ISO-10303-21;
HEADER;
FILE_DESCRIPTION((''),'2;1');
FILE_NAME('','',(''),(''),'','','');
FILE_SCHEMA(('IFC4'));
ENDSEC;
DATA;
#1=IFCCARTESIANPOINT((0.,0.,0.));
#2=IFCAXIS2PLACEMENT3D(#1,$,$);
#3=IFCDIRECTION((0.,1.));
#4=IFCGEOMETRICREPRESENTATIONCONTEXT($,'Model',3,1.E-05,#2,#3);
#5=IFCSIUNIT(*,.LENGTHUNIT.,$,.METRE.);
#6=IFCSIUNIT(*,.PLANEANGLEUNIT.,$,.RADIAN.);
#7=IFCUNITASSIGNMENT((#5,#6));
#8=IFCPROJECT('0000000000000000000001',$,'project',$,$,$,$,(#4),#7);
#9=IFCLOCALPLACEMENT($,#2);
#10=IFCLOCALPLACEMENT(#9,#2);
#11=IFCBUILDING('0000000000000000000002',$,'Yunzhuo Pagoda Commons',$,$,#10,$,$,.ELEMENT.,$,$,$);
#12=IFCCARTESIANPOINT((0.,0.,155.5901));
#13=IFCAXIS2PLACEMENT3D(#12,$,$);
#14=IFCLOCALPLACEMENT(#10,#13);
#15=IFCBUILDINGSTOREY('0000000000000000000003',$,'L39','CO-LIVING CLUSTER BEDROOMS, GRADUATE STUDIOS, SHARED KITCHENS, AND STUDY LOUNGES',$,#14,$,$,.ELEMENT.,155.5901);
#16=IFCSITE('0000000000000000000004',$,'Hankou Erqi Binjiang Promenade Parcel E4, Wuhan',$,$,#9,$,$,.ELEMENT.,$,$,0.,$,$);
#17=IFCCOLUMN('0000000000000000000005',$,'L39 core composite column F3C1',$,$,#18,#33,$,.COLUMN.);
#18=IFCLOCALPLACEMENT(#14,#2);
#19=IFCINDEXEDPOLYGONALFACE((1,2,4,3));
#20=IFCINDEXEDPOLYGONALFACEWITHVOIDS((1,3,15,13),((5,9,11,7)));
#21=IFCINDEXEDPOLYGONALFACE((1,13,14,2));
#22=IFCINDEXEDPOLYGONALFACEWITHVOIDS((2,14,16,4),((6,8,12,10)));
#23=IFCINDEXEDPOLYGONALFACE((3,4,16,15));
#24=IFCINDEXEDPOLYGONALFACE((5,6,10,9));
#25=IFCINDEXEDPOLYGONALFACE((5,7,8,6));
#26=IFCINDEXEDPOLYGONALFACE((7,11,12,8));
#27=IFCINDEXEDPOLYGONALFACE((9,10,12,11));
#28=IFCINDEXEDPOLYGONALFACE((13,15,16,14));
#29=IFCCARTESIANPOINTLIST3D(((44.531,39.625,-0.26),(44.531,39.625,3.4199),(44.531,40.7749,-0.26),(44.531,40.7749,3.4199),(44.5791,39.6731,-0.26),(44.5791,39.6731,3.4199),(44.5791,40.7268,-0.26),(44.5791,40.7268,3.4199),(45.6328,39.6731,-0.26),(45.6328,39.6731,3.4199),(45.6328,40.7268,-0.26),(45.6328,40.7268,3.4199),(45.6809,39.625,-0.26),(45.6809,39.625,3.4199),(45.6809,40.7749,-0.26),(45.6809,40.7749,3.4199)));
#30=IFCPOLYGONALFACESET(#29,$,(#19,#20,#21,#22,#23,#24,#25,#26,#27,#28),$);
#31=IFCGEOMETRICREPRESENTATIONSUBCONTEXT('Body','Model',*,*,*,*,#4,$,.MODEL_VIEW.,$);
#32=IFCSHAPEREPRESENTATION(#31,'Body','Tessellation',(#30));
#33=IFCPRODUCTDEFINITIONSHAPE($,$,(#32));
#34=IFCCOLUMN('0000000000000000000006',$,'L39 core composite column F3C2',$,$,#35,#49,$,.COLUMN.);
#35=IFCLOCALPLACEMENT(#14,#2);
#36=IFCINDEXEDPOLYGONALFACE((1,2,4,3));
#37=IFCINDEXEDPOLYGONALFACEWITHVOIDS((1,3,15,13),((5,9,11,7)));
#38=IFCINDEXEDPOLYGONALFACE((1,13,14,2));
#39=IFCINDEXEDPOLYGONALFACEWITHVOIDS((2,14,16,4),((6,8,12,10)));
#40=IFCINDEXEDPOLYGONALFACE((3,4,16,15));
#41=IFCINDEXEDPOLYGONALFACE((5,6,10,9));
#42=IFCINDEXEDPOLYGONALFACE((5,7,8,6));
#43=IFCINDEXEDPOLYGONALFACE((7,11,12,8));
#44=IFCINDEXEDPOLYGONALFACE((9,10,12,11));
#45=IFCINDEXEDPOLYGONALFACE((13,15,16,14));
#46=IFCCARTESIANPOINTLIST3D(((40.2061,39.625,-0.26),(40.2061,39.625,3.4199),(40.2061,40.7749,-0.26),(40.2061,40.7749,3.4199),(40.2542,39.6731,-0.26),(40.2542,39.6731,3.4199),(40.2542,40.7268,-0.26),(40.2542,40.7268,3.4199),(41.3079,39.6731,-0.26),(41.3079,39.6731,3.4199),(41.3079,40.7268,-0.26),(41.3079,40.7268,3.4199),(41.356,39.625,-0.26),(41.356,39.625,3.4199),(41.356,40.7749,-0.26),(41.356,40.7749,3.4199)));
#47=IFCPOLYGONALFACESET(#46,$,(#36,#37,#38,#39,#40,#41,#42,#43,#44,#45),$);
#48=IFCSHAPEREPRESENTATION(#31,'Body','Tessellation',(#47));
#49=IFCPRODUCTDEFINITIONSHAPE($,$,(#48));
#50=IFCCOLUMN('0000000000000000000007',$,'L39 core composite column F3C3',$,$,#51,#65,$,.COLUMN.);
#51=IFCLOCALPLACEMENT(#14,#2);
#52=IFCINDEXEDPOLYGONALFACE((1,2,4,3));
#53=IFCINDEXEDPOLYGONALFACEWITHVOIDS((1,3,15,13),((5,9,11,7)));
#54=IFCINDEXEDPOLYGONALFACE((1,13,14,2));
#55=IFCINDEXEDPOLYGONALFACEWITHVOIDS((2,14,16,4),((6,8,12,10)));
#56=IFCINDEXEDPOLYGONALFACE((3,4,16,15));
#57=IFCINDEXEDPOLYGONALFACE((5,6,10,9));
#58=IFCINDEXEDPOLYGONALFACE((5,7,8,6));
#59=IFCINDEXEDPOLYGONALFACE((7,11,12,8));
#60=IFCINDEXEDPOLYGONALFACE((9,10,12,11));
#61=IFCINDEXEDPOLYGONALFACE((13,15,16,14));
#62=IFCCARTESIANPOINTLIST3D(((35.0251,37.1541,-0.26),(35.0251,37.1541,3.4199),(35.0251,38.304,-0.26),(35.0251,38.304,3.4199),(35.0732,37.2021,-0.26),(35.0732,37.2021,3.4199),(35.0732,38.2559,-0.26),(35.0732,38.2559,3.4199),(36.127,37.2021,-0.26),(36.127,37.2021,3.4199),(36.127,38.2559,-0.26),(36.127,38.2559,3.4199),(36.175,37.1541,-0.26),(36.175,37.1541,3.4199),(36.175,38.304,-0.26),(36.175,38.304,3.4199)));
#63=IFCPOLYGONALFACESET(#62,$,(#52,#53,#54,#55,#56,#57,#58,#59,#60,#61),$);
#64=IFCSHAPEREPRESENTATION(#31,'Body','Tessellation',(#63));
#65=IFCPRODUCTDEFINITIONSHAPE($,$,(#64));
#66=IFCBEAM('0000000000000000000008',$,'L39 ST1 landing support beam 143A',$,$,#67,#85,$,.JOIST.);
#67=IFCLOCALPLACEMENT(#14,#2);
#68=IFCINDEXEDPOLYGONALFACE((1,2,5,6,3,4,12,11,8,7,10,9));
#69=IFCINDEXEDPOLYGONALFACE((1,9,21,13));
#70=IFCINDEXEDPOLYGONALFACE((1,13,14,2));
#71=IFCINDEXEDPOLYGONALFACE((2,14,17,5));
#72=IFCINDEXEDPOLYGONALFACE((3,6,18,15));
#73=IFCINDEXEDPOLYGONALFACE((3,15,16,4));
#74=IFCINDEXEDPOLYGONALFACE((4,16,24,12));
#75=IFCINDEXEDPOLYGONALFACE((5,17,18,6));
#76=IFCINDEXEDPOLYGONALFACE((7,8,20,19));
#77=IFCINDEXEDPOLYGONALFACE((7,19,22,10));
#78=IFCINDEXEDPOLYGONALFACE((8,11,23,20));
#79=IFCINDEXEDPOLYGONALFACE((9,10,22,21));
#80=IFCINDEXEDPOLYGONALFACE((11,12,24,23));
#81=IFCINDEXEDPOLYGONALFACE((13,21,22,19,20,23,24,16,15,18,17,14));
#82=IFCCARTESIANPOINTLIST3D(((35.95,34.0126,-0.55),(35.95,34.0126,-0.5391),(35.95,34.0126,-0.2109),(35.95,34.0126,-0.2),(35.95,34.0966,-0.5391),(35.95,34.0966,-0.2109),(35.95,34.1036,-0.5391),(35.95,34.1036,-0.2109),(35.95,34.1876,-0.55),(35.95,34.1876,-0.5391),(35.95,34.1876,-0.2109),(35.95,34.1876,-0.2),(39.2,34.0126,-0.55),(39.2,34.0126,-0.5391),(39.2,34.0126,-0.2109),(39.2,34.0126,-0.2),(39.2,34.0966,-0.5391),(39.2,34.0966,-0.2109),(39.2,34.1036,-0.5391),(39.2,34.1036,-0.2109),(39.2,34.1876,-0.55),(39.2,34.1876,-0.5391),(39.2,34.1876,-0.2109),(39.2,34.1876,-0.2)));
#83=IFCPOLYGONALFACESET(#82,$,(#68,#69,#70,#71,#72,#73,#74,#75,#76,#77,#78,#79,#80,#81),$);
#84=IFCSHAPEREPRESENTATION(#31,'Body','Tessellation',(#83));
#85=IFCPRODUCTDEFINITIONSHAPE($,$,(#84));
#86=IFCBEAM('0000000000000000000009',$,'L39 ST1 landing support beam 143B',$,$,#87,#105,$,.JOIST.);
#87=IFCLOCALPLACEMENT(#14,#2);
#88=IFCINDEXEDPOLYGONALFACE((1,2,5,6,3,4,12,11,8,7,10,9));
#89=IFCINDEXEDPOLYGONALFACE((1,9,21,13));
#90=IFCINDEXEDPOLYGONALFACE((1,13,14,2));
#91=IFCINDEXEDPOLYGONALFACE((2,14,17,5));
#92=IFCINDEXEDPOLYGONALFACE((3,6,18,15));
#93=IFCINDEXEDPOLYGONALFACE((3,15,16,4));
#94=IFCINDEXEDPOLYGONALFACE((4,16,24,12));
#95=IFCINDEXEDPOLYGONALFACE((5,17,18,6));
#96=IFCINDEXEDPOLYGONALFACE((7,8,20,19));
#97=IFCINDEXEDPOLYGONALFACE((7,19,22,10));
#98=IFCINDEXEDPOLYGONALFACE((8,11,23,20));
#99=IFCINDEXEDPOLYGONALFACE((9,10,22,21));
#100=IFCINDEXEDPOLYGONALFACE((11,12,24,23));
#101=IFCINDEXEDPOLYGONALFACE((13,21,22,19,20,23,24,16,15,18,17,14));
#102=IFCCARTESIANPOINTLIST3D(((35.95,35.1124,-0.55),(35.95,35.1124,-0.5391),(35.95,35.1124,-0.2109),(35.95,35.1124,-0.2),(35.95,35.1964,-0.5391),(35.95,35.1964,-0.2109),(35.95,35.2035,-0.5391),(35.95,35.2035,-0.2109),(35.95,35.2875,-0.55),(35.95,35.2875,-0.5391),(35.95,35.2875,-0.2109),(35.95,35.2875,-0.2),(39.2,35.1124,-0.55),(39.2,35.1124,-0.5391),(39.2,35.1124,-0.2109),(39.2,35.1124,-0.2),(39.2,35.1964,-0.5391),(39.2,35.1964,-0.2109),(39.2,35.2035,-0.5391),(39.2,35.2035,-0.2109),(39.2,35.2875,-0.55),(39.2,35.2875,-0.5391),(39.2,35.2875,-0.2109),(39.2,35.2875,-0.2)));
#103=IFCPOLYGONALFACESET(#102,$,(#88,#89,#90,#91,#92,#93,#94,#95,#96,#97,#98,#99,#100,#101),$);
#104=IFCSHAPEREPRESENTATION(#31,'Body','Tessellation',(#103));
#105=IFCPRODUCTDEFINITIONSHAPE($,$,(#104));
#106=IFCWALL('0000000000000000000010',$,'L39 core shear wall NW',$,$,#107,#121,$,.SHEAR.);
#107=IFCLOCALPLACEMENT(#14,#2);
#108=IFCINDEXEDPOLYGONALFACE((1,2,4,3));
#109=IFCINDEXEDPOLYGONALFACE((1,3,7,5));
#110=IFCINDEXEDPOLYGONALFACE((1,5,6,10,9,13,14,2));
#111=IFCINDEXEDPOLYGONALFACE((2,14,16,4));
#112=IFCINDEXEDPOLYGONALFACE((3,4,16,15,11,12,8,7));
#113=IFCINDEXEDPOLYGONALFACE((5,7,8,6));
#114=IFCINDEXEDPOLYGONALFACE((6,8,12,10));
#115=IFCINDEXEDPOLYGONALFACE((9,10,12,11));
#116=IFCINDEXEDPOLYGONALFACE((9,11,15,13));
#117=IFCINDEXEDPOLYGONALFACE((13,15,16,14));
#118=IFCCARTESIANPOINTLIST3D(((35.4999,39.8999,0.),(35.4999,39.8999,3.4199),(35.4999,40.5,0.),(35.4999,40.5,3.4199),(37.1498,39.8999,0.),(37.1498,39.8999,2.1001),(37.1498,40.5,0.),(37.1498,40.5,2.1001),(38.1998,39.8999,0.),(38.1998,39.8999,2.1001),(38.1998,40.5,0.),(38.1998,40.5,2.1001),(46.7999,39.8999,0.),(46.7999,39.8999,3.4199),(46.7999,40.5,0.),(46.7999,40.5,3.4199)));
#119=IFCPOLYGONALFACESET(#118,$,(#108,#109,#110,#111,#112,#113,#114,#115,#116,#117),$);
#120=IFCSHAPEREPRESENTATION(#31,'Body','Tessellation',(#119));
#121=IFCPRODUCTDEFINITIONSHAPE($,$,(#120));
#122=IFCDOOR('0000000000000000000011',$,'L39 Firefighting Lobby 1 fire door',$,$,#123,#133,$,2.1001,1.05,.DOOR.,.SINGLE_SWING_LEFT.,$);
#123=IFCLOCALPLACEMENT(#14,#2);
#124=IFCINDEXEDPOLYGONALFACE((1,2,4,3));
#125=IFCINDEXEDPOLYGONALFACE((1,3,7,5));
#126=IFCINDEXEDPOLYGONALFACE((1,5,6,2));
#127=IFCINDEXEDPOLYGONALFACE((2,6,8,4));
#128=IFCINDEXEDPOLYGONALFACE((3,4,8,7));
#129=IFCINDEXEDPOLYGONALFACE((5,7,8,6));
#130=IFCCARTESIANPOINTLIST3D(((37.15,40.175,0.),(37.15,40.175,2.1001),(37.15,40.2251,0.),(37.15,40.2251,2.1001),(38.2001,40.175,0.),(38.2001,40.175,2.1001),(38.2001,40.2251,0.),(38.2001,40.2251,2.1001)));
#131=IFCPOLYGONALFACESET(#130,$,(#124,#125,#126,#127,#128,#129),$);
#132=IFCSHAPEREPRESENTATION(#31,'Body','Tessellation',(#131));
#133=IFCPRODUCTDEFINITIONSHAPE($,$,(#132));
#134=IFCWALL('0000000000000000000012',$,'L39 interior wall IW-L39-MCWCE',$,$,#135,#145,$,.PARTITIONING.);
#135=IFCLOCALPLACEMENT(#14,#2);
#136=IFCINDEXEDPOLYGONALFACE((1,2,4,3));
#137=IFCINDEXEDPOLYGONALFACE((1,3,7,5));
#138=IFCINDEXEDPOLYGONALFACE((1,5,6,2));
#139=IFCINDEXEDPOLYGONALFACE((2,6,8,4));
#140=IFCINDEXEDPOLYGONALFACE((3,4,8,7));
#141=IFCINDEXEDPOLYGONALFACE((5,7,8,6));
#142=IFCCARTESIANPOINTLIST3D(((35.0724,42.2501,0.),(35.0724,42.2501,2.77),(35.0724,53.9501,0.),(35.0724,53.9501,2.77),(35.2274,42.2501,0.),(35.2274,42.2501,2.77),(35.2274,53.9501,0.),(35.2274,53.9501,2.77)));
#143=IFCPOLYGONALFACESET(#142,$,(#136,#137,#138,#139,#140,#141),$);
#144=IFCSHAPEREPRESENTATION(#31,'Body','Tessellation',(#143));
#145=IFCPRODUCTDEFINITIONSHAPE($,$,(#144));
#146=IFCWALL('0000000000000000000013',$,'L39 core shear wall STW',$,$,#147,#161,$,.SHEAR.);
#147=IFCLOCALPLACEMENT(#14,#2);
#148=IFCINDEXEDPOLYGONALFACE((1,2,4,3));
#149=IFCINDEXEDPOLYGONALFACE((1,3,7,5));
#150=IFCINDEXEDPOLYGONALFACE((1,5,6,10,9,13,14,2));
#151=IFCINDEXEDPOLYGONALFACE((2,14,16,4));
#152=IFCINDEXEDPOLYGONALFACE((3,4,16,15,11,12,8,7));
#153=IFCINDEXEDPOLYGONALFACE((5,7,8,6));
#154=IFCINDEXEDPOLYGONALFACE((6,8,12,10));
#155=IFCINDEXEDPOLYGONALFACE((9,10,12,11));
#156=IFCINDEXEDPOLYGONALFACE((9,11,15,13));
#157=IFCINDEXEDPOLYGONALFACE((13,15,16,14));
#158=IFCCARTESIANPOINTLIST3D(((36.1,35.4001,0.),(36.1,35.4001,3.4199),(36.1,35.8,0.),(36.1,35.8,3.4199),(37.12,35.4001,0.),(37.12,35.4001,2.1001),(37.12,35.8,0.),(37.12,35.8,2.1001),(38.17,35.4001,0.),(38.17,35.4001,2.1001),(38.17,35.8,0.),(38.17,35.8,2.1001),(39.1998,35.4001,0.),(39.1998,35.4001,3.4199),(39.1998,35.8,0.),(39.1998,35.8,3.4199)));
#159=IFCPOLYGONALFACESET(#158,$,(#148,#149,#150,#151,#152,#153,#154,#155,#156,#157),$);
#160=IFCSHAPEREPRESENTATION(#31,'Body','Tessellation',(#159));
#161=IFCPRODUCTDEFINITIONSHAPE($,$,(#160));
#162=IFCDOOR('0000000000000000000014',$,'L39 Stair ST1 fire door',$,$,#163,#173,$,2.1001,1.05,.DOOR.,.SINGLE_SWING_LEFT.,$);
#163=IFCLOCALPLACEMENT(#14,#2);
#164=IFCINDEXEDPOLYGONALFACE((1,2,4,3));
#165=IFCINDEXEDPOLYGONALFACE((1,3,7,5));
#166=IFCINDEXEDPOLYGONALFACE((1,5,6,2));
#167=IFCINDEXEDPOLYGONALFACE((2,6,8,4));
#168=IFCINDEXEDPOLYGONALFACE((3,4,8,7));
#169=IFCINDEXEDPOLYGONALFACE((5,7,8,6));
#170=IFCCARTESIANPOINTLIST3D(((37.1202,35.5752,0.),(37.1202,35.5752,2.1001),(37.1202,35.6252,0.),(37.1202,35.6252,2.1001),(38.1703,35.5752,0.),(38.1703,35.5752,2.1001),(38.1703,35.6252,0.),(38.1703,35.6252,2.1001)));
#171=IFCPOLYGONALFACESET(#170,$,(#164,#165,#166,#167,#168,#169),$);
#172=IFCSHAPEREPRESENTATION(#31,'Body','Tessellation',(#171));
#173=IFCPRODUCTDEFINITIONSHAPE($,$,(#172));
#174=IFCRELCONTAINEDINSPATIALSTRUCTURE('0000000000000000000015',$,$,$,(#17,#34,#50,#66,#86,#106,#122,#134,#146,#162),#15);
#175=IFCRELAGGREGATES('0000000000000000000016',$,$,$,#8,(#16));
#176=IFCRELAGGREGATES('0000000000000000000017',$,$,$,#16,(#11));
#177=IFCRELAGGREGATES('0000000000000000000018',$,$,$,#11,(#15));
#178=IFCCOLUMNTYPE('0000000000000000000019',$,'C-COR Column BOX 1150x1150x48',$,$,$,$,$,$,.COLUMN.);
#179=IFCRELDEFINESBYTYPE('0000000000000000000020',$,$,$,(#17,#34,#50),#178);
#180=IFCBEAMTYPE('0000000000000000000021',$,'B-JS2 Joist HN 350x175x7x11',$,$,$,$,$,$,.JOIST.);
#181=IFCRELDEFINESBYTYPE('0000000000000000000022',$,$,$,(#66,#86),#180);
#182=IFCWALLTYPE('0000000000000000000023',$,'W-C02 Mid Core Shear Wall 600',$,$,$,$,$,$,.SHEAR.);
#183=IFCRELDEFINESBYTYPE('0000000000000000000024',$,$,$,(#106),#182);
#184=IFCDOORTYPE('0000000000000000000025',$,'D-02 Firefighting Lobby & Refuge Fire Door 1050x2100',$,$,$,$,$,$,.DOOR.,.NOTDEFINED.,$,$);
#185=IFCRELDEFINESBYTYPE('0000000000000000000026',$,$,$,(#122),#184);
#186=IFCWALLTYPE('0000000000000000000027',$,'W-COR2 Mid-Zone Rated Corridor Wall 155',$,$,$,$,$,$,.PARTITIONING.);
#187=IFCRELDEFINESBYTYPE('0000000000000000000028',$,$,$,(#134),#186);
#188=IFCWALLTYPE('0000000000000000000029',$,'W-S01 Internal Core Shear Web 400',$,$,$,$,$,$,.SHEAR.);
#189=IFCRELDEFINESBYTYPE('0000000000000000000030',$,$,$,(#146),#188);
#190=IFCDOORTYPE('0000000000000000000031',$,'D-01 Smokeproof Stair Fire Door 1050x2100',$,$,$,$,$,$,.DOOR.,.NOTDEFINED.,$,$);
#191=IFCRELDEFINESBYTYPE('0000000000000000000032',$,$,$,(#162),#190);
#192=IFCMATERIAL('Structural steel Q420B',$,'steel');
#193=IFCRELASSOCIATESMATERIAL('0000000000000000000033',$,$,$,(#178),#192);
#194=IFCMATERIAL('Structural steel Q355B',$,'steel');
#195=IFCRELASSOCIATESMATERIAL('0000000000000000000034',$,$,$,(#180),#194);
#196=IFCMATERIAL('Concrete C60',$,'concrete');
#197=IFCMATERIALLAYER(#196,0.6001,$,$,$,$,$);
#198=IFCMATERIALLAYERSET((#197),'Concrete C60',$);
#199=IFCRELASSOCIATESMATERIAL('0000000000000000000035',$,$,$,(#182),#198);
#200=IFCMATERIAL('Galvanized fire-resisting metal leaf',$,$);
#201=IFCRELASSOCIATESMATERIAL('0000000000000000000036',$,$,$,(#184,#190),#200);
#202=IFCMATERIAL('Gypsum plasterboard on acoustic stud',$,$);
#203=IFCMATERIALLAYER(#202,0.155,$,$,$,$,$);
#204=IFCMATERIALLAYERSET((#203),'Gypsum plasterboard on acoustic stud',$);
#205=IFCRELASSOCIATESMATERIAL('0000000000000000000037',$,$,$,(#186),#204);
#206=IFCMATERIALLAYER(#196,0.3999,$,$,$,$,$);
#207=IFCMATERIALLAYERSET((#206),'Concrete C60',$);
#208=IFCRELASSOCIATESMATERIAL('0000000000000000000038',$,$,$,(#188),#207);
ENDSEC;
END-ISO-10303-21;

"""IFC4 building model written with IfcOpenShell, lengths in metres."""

from ifc_helpers import new_model, si_unit, direction, frame, frame_2d, origin, origin_2d, place, context, subcontext, project, spatial, rectangle, hollow_rectangle, i_section, extrude, source, transform, mapped, material, layer, layer_set, material_profile, profile_set, type_object, element, fill, save


model = new_model("IFC4")

# Units and contexts
model_context = context("Model", 3, precision=1e-05, world=origin(), true_north=direction((0.0, 1.0)))
body_context = subcontext(model_context, "Body", "Model", "MODEL_VIEW")
ifc_project = project(units=[si_unit("LENGTHUNIT", "METRE"), si_unit("PLANEANGLEUNIT", "RADIAN")], contexts=[model_context])

# Site, building, storey
site_placement = place(None, origin())
site = spatial("IfcSite", under=ifc_project, at=site_placement, Name="Hankou Erqi Binjiang Promenade Parcel E4, Wuhan", CompositionType="ELEMENT", RefElevation=0.0)
building_placement = place(site_placement, origin())
building = spatial("IfcBuilding", under=site, at=building_placement, Name="Yunzhuo Pagoda Commons", CompositionType="ELEMENT")
storey_placement = place(building_placement, frame((0.0, 0.0, 155.5901)))
storey = spatial("IfcBuildingStorey", under=building, at=storey_placement, Name="L39", Description="CO-LIVING CLUSTER BEDROOMS, GRADUATE STUDIOS, SHARED KITCHENS, AND STUDY LOUNGES", CompositionType="ELEMENT", Elevation=155.5901)

# Columns
ifc_material_1 = material(Name="Structural steel Q420B", Category="steel")
ifc_material_profile_1 = material_profile(ifc_material_1, hollow_rectangle(XDim=1.1499, YDim=1.1499, WallThickness=0.0481, at=origin_2d()), Name="Structural steel Q420B")
ifc_profile_set_1 = profile_set([ifc_material_profile_1], Name="Structural steel Q420B")
column_type = type_object("IfcColumnType", Name="C-COR Column BOX 1150x1150x48", PredefinedType="COLUMN", material=ifc_profile_set_1)
shared_shape_1 = source(origin(), body_context, "Body", "SweptSolid", [
    extrude(hollow_rectangle(XDim=1.1499, YDim=1.1499, WallThickness=0.0481, at=origin_2d()), origin(), (0.0, 0.0, 1.0), 3.6799),
])
for number, where, z_axis, x_axis, name in (
    (1, (45.106, 40.2, -0.26), (0.0, 0.0, 1.0), (1.0, 0.0, 0.0), "L39 core composite column F3C1"),
    (2, (40.781, 40.2, -0.26), (0.0, 0.0, 1.0), (1.0, 0.0, 0.0), "L39 core composite column F3C2"),
    (3, (35.6001, 37.729, -0.26), (0.0, 0.0, 1.0), (1.0, 0.0, 0.0), "L39 core composite column F3C3"),
):
    element("IfcColumn", number, at=place(storey_placement, frame(where, z_axis=z_axis, x_axis=x_axis)), inside=storey, type_object=column_type, Name=name, PredefinedType="COLUMN", context=body_context, shape_type="MappedRepresentation", body=[
        mapped(shared_shape_1, transform((0.0, 0.0, 0.0), scale=1.0)),
    ])

# Beams
ifc_material_2 = material(Name="Structural steel Q355B", Category="steel")
ifc_material_profile_2 = material_profile(ifc_material_2, i_section(OverallWidth=0.175, OverallDepth=0.3501, WebThickness=0.0071, FlangeThickness=0.011, at=origin_2d()), Name="Structural steel Q355B")
ifc_profile_set_2 = profile_set([ifc_material_profile_2], Name="Structural steel Q355B")
beam_type = type_object("IfcBeamType", Name="B-JS2 Joist HN 350x175x7x11", PredefinedType="JOIST", material=ifc_profile_set_2)
shared_shape_2 = source(origin(), body_context, "Body", "SweptSolid", [
    extrude(i_section(OverallWidth=0.175, OverallDepth=0.3501, WebThickness=0.0071, FlangeThickness=0.011, at=origin_2d()), origin(), (0.0, 0.0, 1.0), 3.25),
])
for number, where, z_axis, x_axis, name in (
    (4, (35.95, 34.1001, -0.375), (1.0, 0.0, 0.0), (0.0, 1.0, 0.0), "L39 ST1 landing support beam 143A"),
    (5, (35.95, 35.2, -0.375), (1.0, 0.0, 0.0), (0.0, 1.0, 0.0), "L39 ST1 landing support beam 143B"),
):
    element("IfcBeam", number, at=place(storey_placement, frame(where, z_axis=z_axis, x_axis=x_axis)), inside=storey, type_object=beam_type, Name=name, PredefinedType="JOIST", context=body_context, shape_type="MappedRepresentation", body=[
        mapped(shared_shape_2, transform((0.0, 0.0, 0.0), scale=1.0)),
    ])

# Wall, opening, door
ifc_material_3 = material(Name="Concrete C60", Category="concrete")
ifc_layer_1 = layer(ifc_material_3, 0.6001)
ifc_layer_set_1 = layer_set([ifc_layer_1], Name="Concrete C60")
wall_type_1 = type_object("IfcWallType", Name="W-C02 Mid Core Shear Wall 600", PredefinedType="SHEAR", material=ifc_layer_set_1)
wall_1_placement = place(storey_placement, frame((35.5, 40.2, 0.0), z_axis=(0.0, 0.0, 1.0), x_axis=(1.0, 0.0, 0.0)))
wall_1 = element("IfcWall", 6, at=wall_1_placement, inside=storey, type_object=wall_type_1, Name="L39 core shear wall NW", PredefinedType="SHEAR", context=body_context, shape_type="SweptSolid", body=[
    extrude(rectangle(XDim=11.3, YDim=0.6001, at=frame_2d((5.6499, 0.0))), origin(), (0.0, 0.0, 1.0), 3.4199),
])
opening_1_placement = place(wall_1_placement, frame((1.6499, 0.0, 0.0)))
opening_1 = element("IfcOpeningElement", 7, at=opening_1_placement, cuts=wall_1, PredefinedType="OPENING", context=body_context, shape_type="SweptSolid", body=[
    extrude(rectangle(XDim=1.05, YDim=2.1001, at=frame_2d((0.5249, 1.05))), frame((0.0, 0.3101, 0.0), z_axis=(0.0, -1.0, 0.0), x_axis=(1.0, 0.0, 0.0)), (0.0, 0.0, 1.0), 0.6201),
])
ifc_material_4 = material(Name="Galvanized fire-resisting metal leaf")
door_type_1 = type_object("IfcDoorType", Name="D-02 Firefighting Lobby & Refuge Fire Door 1050x2100", OperationType="NOTDEFINED", PredefinedType="DOOR", material=ifc_material_4)
shared_shape_3 = source(origin(), body_context, "Body", "SweptSolid", [
    extrude(rectangle(XDim=1.05, YDim=2.1001, at=frame_2d((0.5249, 1.05))), frame((0.0, 0.0249, 0.0), z_axis=(0.0, -1.0, 0.0), x_axis=(1.0, 0.0, 0.0)), (0.0, 0.0, 1.0), 0.05),
])
door_1_placement = place(opening_1_placement, frame((1.05, 0.0, 0.0), z_axis=(0.0, 0.0, 1.0), x_axis=(-1.0, 0.0, 0.0)))
door_1 = element("IfcDoor", 8, at=door_1_placement, inside=storey, type_object=door_type_1, Name="L39 Firefighting Lobby 1 fire door", OperationType="SINGLE_SWING_LEFT", OverallHeight=2.1001, OverallWidth=1.05, PredefinedType="DOOR", context=body_context, shape_type="MappedRepresentation", body=[
    mapped(shared_shape_3, transform((0.0, 0.0, 0.0), scale=1.0)),
])
fill(opening_1, door_1)

# Wall
ifc_material_5 = material(Name="Gypsum plasterboard on acoustic stud")
ifc_layer_2 = layer(ifc_material_5, 0.155)
ifc_layer_set_2 = layer_set([ifc_layer_2], Name="Gypsum plasterboard on acoustic stud")
wall_type_2 = type_object("IfcWallType", Name="W-COR2 Mid-Zone Rated Corridor Wall 155", PredefinedType="PARTITIONING", material=ifc_layer_set_2)
wall_2_placement = place(storey_placement, frame((35.1499, 42.25, 0.0), z_axis=(0.0, 0.0, 1.0), x_axis=(0.0, 1.0, 0.0)))
element("IfcWall", 9, at=wall_2_placement, inside=storey, type_object=wall_type_2, Name="L39 interior wall IW-L39-MCWCE", PredefinedType="PARTITIONING", context=body_context, shape_type="SweptSolid", body=[
    extrude(rectangle(XDim=11.7, YDim=0.155, at=frame_2d((5.8501, 0.0))), origin(), (0.0, 0.0, 1.0), 2.77),
])

# Wall, opening, door
ifc_layer_3 = layer(ifc_material_3, 0.3999)
ifc_layer_set_3 = layer_set([ifc_layer_3], Name="Concrete C60")
wall_type_3 = type_object("IfcWallType", Name="W-S01 Internal Core Shear Web 400", PredefinedType="SHEAR", material=ifc_layer_set_3)
wall_3_placement = place(storey_placement, frame((36.1001, 35.6001, 0.0), z_axis=(0.0, 0.0, 1.0), x_axis=(1.0, 0.0, 0.0)))
wall_3 = element("IfcWall", 10, at=wall_3_placement, inside=storey, type_object=wall_type_3, Name="L39 core shear wall STW", PredefinedType="SHEAR", context=body_context, shape_type="SweptSolid", body=[
    extrude(rectangle(XDim=3.0999, YDim=0.3999, at=frame_2d((1.5498, 0.0))), origin(), (0.0, 0.0, 1.0), 3.4199),
])
opening_2_placement = place(wall_3_placement, frame((1.02, 0.0, 0.0)))
opening_2 = element("IfcOpeningElement", 11, at=opening_2_placement, cuts=wall_3, PredefinedType="OPENING", context=body_context, shape_type="SweptSolid", body=[
    extrude(rectangle(XDim=1.05, YDim=2.1001, at=frame_2d((0.5249, 1.05))), frame((0.0, 0.21, 0.0), z_axis=(0.0, -1.0, 0.0), x_axis=(1.0, 0.0, 0.0)), (0.0, 0.0, 1.0), 0.4199),
])
door_type_2 = type_object("IfcDoorType", Name="D-01 Smokeproof Stair Fire Door 1050x2100", OperationType="NOTDEFINED", PredefinedType="DOOR", material=ifc_material_4)
door_2_placement = place(opening_2_placement, frame((1.05, 0.0, 0.0), z_axis=(0.0, 0.0, 1.0), x_axis=(-1.0, 0.0, 0.0)))
door_2 = element("IfcDoor", 12, at=door_2_placement, inside=storey, type_object=door_type_2, Name="L39 Stair ST1 fire door", OperationType="SINGLE_SWING_LEFT", OverallHeight=2.1001, OverallWidth=1.05, PredefinedType="DOOR", context=body_context, shape_type="MappedRepresentation", body=[
    mapped(shared_shape_3, transform((0.0, 0.0, 0.0), scale=1.0)),
])
fill(opening_2, door_2)

save(model, "model.ifc")
